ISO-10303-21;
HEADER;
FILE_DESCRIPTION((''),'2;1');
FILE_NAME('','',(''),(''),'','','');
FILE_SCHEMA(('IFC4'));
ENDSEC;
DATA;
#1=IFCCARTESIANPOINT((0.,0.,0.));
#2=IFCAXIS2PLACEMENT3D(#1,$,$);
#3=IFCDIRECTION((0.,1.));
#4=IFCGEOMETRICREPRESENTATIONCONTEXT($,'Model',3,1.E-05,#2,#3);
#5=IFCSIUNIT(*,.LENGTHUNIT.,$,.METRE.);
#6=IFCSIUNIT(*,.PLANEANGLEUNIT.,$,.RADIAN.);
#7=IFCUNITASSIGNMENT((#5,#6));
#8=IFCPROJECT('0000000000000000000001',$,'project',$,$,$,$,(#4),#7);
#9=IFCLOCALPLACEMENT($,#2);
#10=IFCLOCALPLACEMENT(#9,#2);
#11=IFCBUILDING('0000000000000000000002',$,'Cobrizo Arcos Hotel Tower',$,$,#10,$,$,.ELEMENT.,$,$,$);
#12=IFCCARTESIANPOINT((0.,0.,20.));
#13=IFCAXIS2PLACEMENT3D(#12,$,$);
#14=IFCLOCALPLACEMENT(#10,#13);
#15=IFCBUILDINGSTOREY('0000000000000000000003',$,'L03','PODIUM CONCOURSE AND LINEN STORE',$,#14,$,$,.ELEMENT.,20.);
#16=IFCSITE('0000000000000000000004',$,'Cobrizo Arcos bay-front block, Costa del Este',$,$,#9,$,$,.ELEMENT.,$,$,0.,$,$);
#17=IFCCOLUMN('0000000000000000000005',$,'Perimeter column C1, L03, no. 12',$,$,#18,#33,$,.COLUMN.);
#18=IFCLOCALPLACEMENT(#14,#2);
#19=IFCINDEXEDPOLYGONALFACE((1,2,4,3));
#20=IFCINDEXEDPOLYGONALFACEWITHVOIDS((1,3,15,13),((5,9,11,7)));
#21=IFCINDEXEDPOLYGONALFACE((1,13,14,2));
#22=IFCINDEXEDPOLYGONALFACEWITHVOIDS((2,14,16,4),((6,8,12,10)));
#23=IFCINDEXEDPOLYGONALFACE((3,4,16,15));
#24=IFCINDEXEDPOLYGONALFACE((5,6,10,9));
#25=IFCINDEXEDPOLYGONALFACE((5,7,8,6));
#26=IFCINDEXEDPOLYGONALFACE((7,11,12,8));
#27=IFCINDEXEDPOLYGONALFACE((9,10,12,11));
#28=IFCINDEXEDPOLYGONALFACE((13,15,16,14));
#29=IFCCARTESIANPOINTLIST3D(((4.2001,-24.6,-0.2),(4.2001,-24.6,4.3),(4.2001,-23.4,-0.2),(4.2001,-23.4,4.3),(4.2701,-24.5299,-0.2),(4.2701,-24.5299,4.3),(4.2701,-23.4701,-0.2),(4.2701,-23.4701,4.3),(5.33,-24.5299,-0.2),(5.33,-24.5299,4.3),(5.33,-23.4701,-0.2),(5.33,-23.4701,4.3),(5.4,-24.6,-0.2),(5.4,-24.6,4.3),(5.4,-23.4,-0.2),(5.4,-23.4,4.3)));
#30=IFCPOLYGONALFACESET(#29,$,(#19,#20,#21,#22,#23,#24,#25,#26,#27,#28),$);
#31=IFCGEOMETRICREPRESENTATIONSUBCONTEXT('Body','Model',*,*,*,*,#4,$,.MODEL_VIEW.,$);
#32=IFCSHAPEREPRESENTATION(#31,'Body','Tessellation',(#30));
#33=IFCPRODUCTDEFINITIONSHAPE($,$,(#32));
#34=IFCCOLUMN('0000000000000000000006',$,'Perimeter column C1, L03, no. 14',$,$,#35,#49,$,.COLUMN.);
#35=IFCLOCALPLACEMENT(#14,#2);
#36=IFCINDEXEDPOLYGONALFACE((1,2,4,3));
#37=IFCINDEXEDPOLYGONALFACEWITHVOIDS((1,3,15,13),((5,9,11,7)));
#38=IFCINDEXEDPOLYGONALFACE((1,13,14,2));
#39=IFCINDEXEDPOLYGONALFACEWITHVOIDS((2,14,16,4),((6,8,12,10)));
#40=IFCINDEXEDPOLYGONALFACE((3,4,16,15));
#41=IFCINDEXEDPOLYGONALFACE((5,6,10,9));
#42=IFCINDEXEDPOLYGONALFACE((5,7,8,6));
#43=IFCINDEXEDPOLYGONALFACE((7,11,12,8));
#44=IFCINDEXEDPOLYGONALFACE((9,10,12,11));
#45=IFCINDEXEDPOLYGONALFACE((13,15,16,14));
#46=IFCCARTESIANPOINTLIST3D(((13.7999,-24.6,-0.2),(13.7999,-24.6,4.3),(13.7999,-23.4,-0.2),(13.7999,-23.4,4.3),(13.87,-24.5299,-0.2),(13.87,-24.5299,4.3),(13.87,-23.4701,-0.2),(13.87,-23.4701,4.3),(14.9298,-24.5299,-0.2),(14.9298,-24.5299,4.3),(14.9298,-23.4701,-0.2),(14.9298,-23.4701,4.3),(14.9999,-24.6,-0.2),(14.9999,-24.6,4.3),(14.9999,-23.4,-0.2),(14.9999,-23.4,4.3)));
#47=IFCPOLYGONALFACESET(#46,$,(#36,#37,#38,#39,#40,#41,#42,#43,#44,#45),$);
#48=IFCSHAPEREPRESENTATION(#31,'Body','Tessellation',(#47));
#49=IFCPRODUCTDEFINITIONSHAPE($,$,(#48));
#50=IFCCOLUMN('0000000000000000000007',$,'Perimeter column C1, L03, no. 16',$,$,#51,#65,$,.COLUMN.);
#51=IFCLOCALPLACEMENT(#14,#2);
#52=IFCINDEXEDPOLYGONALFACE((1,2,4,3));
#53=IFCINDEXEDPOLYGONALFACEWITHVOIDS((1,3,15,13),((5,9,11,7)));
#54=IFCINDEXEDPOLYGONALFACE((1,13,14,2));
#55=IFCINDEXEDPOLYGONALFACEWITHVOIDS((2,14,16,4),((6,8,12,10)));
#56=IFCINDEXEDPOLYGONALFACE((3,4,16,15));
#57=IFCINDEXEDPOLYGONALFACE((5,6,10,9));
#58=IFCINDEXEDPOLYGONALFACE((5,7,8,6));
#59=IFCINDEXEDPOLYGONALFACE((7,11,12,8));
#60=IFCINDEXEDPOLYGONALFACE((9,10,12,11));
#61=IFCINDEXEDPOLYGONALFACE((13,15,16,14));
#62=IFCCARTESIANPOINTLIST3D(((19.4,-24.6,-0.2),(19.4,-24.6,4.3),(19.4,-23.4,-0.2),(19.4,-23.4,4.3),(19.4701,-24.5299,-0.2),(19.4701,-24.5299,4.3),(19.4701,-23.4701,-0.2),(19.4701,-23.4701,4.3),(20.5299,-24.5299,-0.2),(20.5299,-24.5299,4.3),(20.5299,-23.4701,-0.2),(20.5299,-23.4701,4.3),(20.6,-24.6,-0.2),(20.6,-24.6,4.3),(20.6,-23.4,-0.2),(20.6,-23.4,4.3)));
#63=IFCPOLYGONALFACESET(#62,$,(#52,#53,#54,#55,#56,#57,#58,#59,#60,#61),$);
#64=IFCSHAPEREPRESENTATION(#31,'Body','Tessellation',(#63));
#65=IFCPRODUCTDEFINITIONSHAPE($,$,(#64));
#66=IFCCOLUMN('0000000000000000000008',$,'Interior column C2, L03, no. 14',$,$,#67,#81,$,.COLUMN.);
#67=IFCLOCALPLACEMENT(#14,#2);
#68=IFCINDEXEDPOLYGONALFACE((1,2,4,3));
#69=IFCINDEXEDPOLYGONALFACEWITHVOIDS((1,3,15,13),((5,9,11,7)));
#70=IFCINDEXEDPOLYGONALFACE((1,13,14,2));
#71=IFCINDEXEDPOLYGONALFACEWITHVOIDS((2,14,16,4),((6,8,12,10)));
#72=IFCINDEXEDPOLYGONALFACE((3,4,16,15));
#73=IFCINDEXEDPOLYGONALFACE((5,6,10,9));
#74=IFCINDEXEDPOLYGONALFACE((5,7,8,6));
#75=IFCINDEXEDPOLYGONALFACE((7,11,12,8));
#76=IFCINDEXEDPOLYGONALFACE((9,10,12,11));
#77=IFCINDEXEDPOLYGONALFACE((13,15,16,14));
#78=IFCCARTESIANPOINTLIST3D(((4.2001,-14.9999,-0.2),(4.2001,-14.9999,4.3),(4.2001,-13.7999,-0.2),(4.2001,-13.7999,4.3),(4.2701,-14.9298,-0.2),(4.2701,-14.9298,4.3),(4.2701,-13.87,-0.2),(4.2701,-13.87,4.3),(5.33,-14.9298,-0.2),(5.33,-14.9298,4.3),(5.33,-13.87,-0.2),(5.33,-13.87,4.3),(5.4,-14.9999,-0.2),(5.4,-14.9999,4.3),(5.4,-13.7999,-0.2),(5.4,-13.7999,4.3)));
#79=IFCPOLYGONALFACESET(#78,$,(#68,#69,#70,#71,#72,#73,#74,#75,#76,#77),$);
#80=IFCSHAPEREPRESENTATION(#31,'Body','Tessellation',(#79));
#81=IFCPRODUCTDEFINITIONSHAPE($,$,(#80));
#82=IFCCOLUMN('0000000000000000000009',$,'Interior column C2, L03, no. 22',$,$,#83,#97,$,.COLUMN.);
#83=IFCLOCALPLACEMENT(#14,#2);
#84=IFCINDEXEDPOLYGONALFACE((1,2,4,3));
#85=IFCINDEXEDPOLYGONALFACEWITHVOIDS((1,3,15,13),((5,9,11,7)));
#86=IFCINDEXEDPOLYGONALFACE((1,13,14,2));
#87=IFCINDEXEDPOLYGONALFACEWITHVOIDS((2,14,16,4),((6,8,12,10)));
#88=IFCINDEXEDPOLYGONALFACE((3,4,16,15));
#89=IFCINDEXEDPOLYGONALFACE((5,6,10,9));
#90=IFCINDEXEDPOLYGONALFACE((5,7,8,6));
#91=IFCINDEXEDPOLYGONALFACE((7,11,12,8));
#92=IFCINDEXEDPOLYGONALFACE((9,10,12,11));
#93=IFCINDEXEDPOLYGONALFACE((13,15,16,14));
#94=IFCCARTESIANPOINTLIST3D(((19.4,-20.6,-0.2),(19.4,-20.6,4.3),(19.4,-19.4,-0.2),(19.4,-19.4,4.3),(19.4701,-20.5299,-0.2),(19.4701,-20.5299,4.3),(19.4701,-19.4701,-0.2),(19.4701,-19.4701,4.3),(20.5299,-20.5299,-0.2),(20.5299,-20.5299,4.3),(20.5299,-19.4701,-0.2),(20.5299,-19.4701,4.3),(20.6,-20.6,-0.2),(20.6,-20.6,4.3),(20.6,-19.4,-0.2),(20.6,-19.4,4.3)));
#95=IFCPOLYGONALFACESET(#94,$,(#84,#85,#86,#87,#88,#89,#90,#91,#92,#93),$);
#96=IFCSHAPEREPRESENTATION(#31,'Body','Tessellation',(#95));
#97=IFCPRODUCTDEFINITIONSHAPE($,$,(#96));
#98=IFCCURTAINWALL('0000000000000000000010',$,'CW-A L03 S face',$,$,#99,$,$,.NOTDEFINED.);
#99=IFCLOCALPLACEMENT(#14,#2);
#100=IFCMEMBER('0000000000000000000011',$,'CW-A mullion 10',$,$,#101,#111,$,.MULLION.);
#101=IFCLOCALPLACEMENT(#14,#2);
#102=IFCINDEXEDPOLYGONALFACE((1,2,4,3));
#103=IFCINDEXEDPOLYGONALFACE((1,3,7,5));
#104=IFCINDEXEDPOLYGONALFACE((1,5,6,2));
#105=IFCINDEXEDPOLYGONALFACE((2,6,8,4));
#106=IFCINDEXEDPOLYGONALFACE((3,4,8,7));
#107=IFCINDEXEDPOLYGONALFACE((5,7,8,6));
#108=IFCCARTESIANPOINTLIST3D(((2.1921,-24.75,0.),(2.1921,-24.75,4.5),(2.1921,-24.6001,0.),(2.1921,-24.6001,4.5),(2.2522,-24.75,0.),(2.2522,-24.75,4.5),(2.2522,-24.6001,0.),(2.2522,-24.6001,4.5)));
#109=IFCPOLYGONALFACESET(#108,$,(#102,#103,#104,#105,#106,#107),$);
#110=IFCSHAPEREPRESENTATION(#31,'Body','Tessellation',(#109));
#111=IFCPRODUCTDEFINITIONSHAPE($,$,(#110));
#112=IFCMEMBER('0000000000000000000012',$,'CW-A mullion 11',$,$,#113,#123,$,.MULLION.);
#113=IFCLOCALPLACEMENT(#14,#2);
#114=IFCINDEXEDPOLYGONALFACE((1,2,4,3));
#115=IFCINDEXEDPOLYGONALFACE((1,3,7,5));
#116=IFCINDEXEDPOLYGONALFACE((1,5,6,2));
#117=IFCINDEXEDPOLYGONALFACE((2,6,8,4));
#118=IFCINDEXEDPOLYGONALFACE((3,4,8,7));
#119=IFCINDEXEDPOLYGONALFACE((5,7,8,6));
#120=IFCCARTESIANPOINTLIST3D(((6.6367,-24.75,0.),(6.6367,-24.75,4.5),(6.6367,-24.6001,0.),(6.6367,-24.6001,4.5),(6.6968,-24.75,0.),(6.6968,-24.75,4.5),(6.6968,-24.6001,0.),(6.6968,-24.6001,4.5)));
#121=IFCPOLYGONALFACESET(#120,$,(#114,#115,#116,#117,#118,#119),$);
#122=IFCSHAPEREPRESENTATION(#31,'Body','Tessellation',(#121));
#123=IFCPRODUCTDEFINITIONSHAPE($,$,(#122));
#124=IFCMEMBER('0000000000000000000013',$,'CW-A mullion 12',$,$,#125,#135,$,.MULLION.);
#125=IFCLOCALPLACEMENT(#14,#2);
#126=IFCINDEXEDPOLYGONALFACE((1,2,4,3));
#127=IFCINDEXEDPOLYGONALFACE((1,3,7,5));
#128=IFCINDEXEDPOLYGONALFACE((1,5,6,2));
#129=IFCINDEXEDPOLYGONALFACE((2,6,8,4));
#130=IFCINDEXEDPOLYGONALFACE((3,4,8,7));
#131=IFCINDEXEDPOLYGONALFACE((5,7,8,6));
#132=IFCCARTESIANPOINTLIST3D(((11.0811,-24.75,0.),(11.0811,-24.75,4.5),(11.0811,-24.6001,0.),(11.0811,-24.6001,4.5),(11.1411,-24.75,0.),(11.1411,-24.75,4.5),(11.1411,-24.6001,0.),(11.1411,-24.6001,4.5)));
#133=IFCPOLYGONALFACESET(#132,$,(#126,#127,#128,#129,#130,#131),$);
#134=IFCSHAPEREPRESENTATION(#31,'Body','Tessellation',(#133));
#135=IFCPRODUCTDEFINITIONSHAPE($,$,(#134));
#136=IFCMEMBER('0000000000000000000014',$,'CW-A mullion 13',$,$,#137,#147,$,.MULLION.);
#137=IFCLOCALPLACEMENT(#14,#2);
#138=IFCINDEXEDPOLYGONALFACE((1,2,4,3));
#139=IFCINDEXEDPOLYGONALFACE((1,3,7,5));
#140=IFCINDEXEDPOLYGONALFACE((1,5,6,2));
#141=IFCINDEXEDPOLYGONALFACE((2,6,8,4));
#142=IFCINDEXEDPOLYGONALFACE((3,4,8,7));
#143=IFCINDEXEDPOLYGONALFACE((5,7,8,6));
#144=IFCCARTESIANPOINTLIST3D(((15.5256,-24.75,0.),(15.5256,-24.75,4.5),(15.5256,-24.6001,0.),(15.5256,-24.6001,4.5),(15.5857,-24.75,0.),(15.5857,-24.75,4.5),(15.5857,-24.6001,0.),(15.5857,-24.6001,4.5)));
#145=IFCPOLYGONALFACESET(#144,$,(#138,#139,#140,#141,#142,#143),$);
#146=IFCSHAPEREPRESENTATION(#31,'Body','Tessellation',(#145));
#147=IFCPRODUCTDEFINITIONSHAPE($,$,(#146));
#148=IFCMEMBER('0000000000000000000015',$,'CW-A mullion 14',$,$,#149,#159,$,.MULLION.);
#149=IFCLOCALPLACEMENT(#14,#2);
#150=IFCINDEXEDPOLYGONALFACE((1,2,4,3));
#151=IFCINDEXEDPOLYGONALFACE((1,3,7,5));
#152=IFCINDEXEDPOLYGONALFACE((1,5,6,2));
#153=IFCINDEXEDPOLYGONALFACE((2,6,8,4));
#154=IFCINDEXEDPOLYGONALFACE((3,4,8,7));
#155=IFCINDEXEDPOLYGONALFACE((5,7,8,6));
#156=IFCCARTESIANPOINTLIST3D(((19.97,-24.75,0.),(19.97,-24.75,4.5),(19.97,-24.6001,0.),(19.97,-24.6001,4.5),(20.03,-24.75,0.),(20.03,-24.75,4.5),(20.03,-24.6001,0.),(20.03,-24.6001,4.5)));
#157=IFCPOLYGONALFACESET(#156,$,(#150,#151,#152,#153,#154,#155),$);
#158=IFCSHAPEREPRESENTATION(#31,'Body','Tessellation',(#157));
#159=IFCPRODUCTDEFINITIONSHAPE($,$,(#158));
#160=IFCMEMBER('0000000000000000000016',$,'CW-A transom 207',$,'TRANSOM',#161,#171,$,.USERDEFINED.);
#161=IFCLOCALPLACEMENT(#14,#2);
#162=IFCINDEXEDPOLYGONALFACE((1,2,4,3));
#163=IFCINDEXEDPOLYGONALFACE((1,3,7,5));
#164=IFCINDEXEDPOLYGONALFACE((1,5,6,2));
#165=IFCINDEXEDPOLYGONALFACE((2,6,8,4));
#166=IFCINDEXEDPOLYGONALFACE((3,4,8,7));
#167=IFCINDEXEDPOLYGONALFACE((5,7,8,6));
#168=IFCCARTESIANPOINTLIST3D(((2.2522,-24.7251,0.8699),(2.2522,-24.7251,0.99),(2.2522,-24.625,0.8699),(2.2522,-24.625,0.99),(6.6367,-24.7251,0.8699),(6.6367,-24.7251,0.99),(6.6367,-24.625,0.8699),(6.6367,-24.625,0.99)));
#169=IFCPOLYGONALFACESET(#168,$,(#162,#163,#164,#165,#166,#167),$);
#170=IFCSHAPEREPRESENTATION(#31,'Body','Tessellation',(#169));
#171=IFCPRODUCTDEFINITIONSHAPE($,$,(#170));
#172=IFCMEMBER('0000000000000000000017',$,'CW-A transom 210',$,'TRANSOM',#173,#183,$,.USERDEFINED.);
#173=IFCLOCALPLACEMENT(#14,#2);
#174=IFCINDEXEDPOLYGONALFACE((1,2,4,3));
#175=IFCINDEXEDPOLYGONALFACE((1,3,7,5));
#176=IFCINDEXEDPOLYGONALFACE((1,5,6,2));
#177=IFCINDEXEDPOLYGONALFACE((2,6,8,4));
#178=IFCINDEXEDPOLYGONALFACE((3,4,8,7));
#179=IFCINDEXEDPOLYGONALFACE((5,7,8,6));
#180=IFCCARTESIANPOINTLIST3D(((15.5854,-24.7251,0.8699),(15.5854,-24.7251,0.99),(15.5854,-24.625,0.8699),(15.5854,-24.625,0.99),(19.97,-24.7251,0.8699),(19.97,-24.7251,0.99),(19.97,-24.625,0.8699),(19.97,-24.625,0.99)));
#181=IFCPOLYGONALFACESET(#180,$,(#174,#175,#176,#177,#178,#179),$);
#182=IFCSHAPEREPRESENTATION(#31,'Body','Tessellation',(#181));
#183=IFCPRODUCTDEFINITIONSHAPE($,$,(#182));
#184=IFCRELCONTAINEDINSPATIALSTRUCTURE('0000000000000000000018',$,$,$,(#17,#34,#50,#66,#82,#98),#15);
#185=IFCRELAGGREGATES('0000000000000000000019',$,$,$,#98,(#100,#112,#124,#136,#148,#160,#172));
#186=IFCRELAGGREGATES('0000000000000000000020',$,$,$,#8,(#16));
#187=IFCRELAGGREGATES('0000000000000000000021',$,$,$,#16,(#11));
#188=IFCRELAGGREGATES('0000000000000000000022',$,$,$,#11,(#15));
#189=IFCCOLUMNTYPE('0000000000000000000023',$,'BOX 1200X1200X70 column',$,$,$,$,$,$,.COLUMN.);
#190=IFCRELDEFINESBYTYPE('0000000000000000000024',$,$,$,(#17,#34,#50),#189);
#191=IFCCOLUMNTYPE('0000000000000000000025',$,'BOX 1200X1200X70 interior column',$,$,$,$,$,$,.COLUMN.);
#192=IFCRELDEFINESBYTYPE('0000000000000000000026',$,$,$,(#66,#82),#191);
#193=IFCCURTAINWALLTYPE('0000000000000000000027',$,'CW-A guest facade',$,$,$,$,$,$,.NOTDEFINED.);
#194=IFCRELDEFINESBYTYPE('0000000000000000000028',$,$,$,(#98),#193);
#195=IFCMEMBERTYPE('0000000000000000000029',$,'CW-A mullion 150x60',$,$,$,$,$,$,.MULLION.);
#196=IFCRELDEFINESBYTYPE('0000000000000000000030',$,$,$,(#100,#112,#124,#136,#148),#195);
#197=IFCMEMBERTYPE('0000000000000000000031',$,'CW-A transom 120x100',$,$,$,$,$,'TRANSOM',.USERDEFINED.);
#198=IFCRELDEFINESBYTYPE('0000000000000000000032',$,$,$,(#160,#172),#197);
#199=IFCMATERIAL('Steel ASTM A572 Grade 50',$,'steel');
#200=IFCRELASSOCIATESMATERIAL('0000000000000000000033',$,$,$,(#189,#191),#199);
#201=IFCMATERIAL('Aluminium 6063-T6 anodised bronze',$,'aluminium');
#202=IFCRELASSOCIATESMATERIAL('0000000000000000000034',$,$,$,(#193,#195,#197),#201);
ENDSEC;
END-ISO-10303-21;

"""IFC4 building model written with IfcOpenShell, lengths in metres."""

from ifc_helpers import new_model, si_unit, direction, frame, origin, origin_2d, place, context, subcontext, project, spatial, rectangle, hollow_rectangle, extrude, material, material_profile, profile_set, type_object, element, aggregate, save


model = new_model("IFC4")

# Units and contexts
model_context = context("Model", 3, precision=1e-05, world=origin(), true_north=direction((0.0, 1.0)))
body_context = subcontext(model_context, "Body", "Model", "MODEL_VIEW")
ifc_project = project(units=[si_unit("LENGTHUNIT", "METRE"), si_unit("PLANEANGLEUNIT", "RADIAN")], contexts=[model_context])

# Site, building, storey
site_placement = place(None, origin())
site = spatial("IfcSite", under=ifc_project, at=site_placement, Name="Cobrizo Arcos bay-front block, Costa del Este", CompositionType="ELEMENT", RefElevation=0.0)
building_placement = place(site_placement, origin())
building = spatial("IfcBuilding", under=site, at=building_placement, Name="Cobrizo Arcos Hotel Tower", CompositionType="ELEMENT")
storey_placement = place(building_placement, frame((0.0, 0.0, 20.0)))
storey = spatial("IfcBuildingStorey", under=building, at=storey_placement, Name="L03", Description="PODIUM CONCOURSE AND LINEN STORE", CompositionType="ELEMENT", Elevation=20.0)

# Columns
ifc_material_1 = material(Name="Steel ASTM A572 Grade 50", Category="steel")
ifc_material_profile_1 = material_profile(ifc_material_1, hollow_rectangle(XDim=1.2, YDim=1.2, WallThickness=0.0701, at=origin_2d()), Name="BOX 1200X1200X70")
ifc_profile_set_1 = profile_set([ifc_material_profile_1], Name="Steel ASTM A572 Grade 50")
column_type_1 = type_object("IfcColumnType", Name="BOX 1200X1200X70 column", PredefinedType="COLUMN", material=ifc_profile_set_1)
for number, where, z_axis, x_axis, name in (
    (1, (4.8, -24.0, -0.2), (0.0, 0.0, 1.0), (1.0, 0.0, 0.0), "Perimeter column C1, L03, no. 12"),
    (2, (14.3999, -24.0, -0.2), (0.0, 0.0, 1.0), (1.0, 0.0, 0.0), "Perimeter column C1, L03, no. 14"),
    (3, (20.0, -24.0, -0.2), (0.0, 0.0, 1.0), (1.0, 0.0, 0.0), "Perimeter column C1, L03, no. 16"),
):
    element("IfcColumn", number, at=place(storey_placement, frame(where, z_axis=z_axis, x_axis=x_axis)), inside=storey, type_object=column_type_1, Name=name, PredefinedType="COLUMN", context=body_context, shape_type="SweptSolid", body=[
        extrude(hollow_rectangle(XDim=1.2, YDim=1.2, WallThickness=0.0701, at=origin_2d()), origin(), (0.0, 0.0, 1.0), 4.5),
    ])
ifc_material_profile_2 = material_profile(ifc_material_1, hollow_rectangle(XDim=1.2, YDim=1.2, WallThickness=0.0701, at=origin_2d()), Name="BOX 1200X1200X70")
ifc_profile_set_2 = profile_set([ifc_material_profile_2], Name="Steel ASTM A572 Grade 50")
column_type_2 = type_object("IfcColumnType", Name="BOX 1200X1200X70 interior column", PredefinedType="COLUMN", material=ifc_profile_set_2)
for number, where, z_axis, x_axis, name in (
    (4, (4.8, -14.3999, -0.2), (0.0, 0.0, 1.0), (1.0, 0.0, 0.0), "Interior column C2, L03, no. 14"),
    (5, (20.0, -20.0, -0.2), (0.0, 0.0, 1.0), (1.0, 0.0, 0.0), "Interior column C2, L03, no. 22"),
):
    element("IfcColumn", number, at=place(storey_placement, frame(where, z_axis=z_axis, x_axis=x_axis)), inside=storey, type_object=column_type_2, Name=name, PredefinedType="COLUMN", context=body_context, shape_type="SweptSolid", body=[
        extrude(hollow_rectangle(XDim=1.2, YDim=1.2, WallThickness=0.0701, at=origin_2d()), origin(), (0.0, 0.0, 1.0), 4.5),
    ])

# Curtain wall, members
ifc_material_2 = material(Name="Aluminium 6063-T6 anodised bronze", Category="aluminium")
curtain_wall_type = type_object("IfcCurtainWallType", Name="CW-A guest facade", PredefinedType="NOTDEFINED", material=ifc_material_2)
curtain_wall_placement = place(storey_placement, origin())
curtain_wall = element("IfcCurtainWall", 6, at=curtain_wall_placement, inside=storey, type_object=curtain_wall_type, Name="CW-A L03 S face", PredefinedType="NOTDEFINED")
ifc_material_profile_3 = material_profile(ifc_material_2, rectangle(XDim=0.1499, YDim=0.0601, at=origin_2d()), Name="CW-A mullion 150x60")
ifc_profile_set_3 = profile_set([ifc_material_profile_3], Name="Aluminium 6063-T6 anodised bronze")
member_type_1 = type_object("IfcMemberType", Name="CW-A mullion 150x60", PredefinedType="MULLION", material=ifc_profile_set_3)
member_1_placement = place(storey_placement, frame((2.2222, -24.675, 0.0), z_axis=(0.0, 0.0, 1.0), x_axis=(0.0, -1.0, 0.0)))
member_1 = element("IfcMember", 7, at=member_1_placement, type_object=member_type_1, Name="CW-A mullion 10", PredefinedType="MULLION", context=body_context, shape_type="SweptSolid", body=[
    extrude(rectangle(XDim=0.1499, YDim=0.0601, at=origin_2d()), origin(), (0.0, 0.0, 1.0), 4.5),
])
member_2_placement = place(storey_placement, frame((6.6667, -24.675, 0.0), z_axis=(0.0, 0.0, 1.0), x_axis=(0.0, -1.0, 0.0)))
member_2 = element("IfcMember", 8, at=member_2_placement, type_object=member_type_1, Name="CW-A mullion 11", PredefinedType="MULLION", context=body_context, shape_type="SweptSolid", body=[
    extrude(rectangle(XDim=0.1499, YDim=0.0601, at=origin_2d()), origin(), (0.0, 0.0, 1.0), 4.5),
])
member_3_placement = place(storey_placement, frame((11.1111, -24.675, 0.0), z_axis=(0.0, 0.0, 1.0), x_axis=(0.0, -1.0, 0.0)))
member_3 = element("IfcMember", 9, at=member_3_placement, type_object=member_type_1, Name="CW-A mullion 12", PredefinedType="MULLION", context=body_context, shape_type="SweptSolid", body=[
    extrude(rectangle(XDim=0.1499, YDim=0.0601, at=origin_2d()), origin(), (0.0, 0.0, 1.0), 4.5),
])
member_4_placement = place(storey_placement, frame((15.5557, -24.675, 0.0), z_axis=(0.0, 0.0, 1.0), x_axis=(0.0, -1.0, 0.0)))
member_4 = element("IfcMember", 10, at=member_4_placement, type_object=member_type_1, Name="CW-A mullion 13", PredefinedType="MULLION", context=body_context, shape_type="SweptSolid", body=[
    extrude(rectangle(XDim=0.1499, YDim=0.0601, at=origin_2d()), origin(), (0.0, 0.0, 1.0), 4.5),
])
member_5_placement = place(storey_placement, frame((20.0, -24.675, 0.0), z_axis=(0.0, 0.0, 1.0), x_axis=(0.0, -1.0, 0.0)))
member_5 = element("IfcMember", 11, at=member_5_placement, type_object=member_type_1, Name="CW-A mullion 14", PredefinedType="MULLION", context=body_context, shape_type="SweptSolid", body=[
    extrude(rectangle(XDim=0.1499, YDim=0.0601, at=origin_2d()), origin(), (0.0, 0.0, 1.0), 4.5),
])
ifc_material_profile_4 = material_profile(ifc_material_2, rectangle(XDim=0.1001, YDim=0.1201, at=origin_2d()), Name="CW-A transom 120x100")
ifc_profile_set_4 = profile_set([ifc_material_profile_4], Name="Aluminium 6063-T6 anodised bronze")
member_type_2 = type_object("IfcMemberType", Name="CW-A transom 120x100", ElementType="TRANSOM", PredefinedType="USERDEFINED", material=ifc_profile_set_4)
member_6_placement = place(storey_placement, frame((2.2522, -24.675, 0.9299), z_axis=(1.0, 0.0, 0.0), x_axis=(0.0, 1.0, 0.0)))
member_6 = element("IfcMember", 12, at=member_6_placement, type_object=member_type_2, Name="CW-A transom 207", ObjectType="TRANSOM", PredefinedType="USERDEFINED", context=body_context, shape_type="SweptSolid", body=[
    extrude(rectangle(XDim=0.1001, YDim=0.1201, at=origin_2d()), origin(), (0.0, 0.0, 1.0), 4.3845),
])
member_7_placement = place(storey_placement, frame((15.5854, -24.675, 0.9299), z_axis=(1.0, 0.0, 0.0), x_axis=(0.0, 1.0, 0.0)))
member_7 = element("IfcMember", 13, at=member_7_placement, type_object=member_type_2, Name="CW-A transom 210", ObjectType="TRANSOM", PredefinedType="USERDEFINED", context=body_context, shape_type="SweptSolid", body=[
    extrude(rectangle(XDim=0.1001, YDim=0.1201, at=origin_2d()), origin(), (0.0, 0.0, 1.0), 4.3845),
])

aggregate(curtain_wall, [member_1, member_2, member_3, member_4, member_5, member_6, member_7])

save(model, "model.ifc")
